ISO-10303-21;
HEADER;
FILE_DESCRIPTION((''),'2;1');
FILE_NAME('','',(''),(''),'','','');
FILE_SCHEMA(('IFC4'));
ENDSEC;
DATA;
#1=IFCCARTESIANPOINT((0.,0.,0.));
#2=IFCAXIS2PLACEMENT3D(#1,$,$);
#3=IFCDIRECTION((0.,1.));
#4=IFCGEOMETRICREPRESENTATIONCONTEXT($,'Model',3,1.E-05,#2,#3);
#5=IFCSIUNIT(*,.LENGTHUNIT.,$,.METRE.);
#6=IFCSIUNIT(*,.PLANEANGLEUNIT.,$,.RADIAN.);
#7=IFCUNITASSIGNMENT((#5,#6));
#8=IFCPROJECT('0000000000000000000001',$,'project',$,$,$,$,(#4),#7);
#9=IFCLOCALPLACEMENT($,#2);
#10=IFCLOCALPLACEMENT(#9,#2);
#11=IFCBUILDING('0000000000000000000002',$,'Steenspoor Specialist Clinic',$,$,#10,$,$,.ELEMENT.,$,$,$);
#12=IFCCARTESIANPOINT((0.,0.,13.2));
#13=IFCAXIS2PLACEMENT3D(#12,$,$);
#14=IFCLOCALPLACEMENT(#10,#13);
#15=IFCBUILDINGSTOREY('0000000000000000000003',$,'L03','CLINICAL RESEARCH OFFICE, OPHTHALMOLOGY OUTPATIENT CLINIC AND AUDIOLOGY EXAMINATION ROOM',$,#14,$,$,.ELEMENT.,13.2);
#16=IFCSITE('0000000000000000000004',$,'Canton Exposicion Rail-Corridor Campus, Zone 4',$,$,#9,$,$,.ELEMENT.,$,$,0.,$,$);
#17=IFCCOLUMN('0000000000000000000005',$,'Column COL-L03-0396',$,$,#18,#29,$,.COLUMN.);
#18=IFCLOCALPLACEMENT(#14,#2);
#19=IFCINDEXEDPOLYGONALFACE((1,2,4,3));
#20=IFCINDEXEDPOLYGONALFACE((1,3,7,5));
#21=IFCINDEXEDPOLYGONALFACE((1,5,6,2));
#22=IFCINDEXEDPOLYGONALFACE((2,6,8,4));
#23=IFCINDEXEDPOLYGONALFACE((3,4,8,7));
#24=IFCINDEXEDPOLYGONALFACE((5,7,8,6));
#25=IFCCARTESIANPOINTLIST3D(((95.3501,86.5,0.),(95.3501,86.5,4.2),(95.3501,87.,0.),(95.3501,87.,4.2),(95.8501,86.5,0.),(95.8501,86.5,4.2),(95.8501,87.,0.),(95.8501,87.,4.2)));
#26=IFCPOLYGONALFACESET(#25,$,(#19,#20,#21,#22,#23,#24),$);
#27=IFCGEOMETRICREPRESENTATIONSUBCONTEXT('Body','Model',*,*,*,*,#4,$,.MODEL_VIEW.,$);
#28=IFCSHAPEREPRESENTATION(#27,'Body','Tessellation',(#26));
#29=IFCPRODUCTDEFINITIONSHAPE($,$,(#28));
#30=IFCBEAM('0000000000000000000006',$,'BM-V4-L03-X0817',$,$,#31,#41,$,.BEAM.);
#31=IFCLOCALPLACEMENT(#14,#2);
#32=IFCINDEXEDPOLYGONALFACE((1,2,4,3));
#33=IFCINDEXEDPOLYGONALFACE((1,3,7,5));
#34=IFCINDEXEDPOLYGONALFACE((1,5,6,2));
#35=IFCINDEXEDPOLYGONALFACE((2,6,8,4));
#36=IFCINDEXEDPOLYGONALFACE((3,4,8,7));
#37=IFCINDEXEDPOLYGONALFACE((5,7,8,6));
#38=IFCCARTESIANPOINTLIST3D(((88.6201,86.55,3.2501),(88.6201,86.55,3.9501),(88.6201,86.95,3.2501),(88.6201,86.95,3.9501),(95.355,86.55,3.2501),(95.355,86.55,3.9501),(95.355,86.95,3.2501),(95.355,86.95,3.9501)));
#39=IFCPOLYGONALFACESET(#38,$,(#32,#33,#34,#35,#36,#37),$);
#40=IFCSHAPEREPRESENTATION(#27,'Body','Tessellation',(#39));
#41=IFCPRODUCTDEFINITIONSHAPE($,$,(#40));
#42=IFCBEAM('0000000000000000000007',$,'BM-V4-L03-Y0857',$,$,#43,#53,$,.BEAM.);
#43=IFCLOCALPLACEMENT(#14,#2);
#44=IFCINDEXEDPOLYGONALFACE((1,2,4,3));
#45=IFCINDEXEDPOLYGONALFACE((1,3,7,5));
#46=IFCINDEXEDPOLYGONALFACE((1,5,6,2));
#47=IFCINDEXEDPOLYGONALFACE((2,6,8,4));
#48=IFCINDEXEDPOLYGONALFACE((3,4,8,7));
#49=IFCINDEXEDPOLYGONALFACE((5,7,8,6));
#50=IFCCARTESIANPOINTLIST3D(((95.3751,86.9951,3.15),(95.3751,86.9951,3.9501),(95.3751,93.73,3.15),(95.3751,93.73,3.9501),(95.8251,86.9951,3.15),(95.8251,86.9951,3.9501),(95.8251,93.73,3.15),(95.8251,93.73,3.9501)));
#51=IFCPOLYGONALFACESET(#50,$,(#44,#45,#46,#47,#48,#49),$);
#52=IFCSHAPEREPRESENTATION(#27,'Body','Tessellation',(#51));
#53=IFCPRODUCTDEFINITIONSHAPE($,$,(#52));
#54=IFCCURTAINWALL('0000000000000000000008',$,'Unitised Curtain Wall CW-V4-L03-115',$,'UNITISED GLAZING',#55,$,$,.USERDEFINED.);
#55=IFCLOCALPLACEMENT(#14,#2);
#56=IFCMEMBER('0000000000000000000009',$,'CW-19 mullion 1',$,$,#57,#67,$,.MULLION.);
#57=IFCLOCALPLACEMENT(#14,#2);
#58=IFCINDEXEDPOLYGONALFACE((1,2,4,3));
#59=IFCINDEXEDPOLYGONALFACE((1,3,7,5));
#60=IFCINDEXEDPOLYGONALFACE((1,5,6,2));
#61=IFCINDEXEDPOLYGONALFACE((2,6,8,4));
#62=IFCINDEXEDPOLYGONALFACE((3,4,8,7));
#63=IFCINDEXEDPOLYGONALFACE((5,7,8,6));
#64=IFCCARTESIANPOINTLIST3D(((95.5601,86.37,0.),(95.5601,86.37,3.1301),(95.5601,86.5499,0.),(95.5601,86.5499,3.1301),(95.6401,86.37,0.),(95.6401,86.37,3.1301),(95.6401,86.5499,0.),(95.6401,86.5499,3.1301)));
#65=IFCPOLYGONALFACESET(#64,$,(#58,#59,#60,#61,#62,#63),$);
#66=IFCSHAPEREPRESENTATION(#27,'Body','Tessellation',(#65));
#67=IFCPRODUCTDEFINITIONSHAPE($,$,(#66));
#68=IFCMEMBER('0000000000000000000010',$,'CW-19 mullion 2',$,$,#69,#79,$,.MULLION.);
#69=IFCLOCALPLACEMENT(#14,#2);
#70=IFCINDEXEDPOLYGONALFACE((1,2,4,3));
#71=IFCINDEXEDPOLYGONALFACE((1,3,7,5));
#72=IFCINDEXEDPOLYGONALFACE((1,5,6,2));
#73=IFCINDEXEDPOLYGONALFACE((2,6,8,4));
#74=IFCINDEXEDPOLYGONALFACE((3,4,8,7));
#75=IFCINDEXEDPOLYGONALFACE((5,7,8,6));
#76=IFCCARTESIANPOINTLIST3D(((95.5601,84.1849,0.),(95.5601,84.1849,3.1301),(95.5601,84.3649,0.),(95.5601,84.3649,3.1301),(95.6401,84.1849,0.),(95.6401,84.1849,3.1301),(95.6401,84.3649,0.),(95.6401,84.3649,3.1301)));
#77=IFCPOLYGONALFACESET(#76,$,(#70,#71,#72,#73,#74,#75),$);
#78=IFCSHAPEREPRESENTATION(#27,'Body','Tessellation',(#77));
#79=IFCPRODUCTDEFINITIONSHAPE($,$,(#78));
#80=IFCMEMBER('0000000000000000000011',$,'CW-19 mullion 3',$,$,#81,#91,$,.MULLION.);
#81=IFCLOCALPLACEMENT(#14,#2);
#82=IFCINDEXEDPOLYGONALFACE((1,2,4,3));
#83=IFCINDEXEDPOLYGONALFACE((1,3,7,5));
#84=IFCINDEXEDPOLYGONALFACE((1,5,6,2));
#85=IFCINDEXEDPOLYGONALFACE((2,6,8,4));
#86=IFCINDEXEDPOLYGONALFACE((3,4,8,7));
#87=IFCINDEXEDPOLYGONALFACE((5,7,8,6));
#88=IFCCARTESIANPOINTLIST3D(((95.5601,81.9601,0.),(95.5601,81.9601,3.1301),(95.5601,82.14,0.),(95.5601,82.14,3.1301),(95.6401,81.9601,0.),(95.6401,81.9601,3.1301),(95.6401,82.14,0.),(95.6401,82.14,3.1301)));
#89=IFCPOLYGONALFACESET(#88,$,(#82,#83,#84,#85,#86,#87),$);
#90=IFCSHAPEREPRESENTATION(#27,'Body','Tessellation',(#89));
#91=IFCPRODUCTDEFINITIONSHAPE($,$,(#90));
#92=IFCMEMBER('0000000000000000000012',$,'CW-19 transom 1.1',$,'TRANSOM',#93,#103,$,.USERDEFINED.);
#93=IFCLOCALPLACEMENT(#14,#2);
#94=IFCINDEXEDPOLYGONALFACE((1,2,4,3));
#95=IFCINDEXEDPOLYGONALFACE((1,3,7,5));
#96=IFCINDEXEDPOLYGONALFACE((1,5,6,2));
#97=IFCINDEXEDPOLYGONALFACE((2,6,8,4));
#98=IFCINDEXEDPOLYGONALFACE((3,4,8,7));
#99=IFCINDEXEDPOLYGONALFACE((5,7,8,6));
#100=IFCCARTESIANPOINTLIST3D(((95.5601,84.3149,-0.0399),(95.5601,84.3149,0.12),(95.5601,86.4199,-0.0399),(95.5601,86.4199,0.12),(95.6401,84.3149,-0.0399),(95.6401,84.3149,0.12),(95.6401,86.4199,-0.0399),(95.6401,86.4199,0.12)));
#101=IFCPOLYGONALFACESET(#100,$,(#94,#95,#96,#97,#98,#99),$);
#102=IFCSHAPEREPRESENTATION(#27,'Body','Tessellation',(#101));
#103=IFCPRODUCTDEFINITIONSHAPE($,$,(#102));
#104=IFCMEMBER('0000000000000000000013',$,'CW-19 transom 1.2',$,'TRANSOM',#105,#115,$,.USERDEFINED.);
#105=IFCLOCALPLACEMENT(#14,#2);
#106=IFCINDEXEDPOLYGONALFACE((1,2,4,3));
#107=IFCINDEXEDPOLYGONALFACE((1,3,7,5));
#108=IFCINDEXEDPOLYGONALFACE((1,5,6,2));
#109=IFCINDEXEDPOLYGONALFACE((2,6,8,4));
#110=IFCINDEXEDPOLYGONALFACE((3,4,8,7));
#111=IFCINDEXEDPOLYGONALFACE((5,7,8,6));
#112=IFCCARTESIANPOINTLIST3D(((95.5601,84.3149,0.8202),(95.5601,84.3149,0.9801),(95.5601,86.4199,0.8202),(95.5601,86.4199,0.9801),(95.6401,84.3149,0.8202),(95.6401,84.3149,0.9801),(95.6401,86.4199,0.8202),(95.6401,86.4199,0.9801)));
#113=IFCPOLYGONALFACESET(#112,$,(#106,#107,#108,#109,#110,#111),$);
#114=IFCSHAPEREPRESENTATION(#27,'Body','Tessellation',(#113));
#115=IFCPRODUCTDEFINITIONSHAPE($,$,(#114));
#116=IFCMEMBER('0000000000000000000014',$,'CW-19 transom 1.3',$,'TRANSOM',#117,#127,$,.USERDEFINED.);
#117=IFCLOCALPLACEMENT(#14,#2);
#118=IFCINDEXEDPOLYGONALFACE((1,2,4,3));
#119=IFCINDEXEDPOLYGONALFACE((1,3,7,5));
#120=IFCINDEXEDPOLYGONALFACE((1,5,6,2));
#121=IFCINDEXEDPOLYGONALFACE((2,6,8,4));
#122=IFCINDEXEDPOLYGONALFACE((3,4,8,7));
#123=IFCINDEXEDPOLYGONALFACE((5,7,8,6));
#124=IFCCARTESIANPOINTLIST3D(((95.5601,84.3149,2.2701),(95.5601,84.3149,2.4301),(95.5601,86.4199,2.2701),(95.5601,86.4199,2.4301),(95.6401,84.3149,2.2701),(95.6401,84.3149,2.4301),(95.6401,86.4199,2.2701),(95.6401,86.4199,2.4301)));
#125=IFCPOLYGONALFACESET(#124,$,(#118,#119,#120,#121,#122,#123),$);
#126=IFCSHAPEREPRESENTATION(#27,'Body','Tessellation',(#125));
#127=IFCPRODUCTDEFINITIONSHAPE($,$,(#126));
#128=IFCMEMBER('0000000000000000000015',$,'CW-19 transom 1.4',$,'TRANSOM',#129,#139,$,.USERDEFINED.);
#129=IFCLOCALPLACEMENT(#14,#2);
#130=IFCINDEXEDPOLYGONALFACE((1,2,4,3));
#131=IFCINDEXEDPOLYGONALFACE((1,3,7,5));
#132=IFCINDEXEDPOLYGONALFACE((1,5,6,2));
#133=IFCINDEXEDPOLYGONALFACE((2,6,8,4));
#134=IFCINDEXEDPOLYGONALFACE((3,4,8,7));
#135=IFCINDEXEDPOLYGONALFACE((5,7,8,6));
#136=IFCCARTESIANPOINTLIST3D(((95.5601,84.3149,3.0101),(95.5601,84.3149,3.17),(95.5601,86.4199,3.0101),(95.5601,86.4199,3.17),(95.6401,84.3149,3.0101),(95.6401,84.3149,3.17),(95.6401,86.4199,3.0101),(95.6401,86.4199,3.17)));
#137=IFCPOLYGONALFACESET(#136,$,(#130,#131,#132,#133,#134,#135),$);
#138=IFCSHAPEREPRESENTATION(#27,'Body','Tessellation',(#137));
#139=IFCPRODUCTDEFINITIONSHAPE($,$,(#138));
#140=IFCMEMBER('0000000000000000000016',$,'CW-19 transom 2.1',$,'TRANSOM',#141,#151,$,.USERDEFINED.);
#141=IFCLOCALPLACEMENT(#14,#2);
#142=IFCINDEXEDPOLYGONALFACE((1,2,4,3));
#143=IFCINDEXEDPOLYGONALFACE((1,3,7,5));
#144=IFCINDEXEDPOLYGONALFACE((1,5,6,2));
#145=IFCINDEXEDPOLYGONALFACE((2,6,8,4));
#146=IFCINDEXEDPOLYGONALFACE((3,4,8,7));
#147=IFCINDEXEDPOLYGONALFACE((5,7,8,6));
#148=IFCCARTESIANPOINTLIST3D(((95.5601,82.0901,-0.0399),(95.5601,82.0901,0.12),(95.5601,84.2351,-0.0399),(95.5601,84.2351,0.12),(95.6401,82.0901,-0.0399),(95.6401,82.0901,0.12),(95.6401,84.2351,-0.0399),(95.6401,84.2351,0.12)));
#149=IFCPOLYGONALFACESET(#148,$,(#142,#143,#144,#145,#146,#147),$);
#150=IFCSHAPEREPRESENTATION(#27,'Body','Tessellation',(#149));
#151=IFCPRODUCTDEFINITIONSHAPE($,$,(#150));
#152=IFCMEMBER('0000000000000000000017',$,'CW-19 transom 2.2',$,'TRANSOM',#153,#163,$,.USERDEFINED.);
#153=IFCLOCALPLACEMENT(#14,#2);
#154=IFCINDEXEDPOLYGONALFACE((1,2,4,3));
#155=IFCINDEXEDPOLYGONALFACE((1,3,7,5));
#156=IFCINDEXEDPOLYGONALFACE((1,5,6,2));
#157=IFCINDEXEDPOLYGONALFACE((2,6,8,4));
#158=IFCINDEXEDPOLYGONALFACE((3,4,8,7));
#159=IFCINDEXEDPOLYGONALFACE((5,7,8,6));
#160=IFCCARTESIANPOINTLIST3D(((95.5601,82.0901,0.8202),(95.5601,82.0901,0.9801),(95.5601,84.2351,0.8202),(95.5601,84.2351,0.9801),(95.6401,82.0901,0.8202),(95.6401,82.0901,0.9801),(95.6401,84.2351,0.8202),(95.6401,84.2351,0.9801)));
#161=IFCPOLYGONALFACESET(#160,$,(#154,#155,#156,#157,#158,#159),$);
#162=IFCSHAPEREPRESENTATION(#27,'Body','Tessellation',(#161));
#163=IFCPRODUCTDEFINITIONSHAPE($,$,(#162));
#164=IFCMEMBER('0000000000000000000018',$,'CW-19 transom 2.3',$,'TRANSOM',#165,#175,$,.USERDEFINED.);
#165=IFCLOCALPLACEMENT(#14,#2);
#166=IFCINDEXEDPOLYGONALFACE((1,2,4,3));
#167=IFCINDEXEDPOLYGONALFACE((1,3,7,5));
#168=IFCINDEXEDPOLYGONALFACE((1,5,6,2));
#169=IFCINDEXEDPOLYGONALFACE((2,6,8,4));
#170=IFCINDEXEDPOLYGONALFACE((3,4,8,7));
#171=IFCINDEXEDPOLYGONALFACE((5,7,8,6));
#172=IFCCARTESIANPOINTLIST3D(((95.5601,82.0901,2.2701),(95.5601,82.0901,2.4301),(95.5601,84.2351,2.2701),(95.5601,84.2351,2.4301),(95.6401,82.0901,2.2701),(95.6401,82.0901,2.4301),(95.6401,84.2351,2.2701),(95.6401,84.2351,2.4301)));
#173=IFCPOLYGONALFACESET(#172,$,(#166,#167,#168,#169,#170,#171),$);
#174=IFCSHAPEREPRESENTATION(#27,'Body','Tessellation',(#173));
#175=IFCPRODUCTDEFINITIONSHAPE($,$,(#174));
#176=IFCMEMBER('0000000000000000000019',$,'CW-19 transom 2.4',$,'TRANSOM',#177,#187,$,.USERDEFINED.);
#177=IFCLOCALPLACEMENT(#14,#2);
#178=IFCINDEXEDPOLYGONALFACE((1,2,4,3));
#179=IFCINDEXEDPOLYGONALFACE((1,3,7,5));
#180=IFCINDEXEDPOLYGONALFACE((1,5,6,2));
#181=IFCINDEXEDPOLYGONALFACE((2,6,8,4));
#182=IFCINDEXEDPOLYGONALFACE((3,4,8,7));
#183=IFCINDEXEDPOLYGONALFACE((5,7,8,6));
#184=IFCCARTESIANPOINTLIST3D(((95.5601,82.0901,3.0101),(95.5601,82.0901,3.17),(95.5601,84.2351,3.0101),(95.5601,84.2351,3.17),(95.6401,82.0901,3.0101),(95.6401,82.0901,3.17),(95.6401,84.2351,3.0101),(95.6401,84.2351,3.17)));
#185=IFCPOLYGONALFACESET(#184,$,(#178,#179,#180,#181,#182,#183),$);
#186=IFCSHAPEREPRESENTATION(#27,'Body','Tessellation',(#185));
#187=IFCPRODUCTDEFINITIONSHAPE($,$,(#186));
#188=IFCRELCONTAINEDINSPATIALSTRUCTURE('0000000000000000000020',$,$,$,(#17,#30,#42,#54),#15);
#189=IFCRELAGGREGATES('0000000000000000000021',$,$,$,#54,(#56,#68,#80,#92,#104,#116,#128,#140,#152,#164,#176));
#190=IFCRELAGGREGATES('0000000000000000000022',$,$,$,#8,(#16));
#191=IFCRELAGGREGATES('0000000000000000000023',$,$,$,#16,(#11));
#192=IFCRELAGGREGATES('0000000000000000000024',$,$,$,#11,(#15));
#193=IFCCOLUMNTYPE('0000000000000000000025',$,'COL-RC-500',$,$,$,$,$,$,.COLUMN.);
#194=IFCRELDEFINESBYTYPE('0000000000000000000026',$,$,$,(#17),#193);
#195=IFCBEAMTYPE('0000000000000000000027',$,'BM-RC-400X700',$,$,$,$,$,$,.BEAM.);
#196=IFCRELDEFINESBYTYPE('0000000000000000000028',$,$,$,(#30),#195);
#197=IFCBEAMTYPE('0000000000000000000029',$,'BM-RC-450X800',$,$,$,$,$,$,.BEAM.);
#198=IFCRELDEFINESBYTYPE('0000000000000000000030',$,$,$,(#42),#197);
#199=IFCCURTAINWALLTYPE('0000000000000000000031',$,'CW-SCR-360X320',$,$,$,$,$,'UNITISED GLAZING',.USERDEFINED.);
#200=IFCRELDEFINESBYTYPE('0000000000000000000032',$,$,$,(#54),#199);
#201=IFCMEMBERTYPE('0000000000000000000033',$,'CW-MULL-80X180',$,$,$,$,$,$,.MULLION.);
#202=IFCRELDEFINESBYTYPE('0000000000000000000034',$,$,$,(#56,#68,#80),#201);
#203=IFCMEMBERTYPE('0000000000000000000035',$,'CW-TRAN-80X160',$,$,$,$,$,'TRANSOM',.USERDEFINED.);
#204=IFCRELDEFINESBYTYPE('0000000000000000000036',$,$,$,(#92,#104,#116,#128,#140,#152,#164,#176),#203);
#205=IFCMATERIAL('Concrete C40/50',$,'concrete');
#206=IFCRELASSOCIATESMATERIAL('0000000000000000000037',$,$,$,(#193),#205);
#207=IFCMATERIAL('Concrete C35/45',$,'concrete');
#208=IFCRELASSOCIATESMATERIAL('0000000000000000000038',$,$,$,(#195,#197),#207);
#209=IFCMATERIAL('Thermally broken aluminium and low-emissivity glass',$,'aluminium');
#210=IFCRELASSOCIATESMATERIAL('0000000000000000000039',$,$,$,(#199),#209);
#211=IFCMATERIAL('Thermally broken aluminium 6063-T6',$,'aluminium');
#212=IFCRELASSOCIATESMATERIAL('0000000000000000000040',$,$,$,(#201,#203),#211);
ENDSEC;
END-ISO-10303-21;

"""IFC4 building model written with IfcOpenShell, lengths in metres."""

from ifc_helpers import new_model, si_unit, direction, frame, origin, origin_2d, place, context, subcontext, project, spatial, rectangle, extrude, material, material_profile, profile_set, type_object, element, aggregate, save


model = new_model("IFC4")

# Units and contexts
model_context = context("Model", 3, precision=1e-05, world=origin(), true_north=direction((0.0, 1.0)))
body_context = subcontext(model_context, "Body", "Model", "MODEL_VIEW")
ifc_project = project(units=[si_unit("LENGTHUNIT", "METRE"), si_unit("PLANEANGLEUNIT", "RADIAN")], contexts=[model_context])

# Site, building, storey
site_placement = place(None, origin())
site = spatial("IfcSite", under=ifc_project, at=site_placement, Name="Canton Exposicion Rail-Corridor Campus, Zone 4", CompositionType="ELEMENT", RefElevation=0.0)
building_placement = place(site_placement, origin())
building = spatial("IfcBuilding", under=site, at=building_placement, Name="Steenspoor Specialist Clinic", CompositionType="ELEMENT")
storey_placement = place(building_placement, frame((0.0, 0.0, 13.2)))
storey = spatial("IfcBuildingStorey", under=building, at=storey_placement, Name="L03", Description="CLINICAL RESEARCH OFFICE, OPHTHALMOLOGY OUTPATIENT CLINIC AND AUDIOLOGY EXAMINATION ROOM", CompositionType="ELEMENT", Elevation=13.2)

# Column
ifc_material_1 = material(Name="Concrete C40/50", Category="concrete")
ifc_material_profile_1 = material_profile(ifc_material_1, rectangle(XDim=0.5, YDim=0.5, at=origin_2d()), Name="RC-COL-500X500")
ifc_profile_set_1 = profile_set([ifc_material_profile_1], Name="Concrete C40/50")
column_type = type_object("IfcColumnType", Name="COL-RC-500", PredefinedType="COLUMN", material=ifc_profile_set_1)
column_placement = place(storey_placement, frame((95.6001, 86.75, 0.0), z_axis=(0.0, 0.0, 1.0), x_axis=(1.0, 0.0, 0.0)))
element("IfcColumn", 1, at=column_placement, inside=storey, type_object=column_type, Name="Column COL-L03-0396", PredefinedType="COLUMN", context=body_context, shape_type="SweptSolid", body=[
    extrude(rectangle(XDim=0.5, YDim=0.5, at=origin_2d()), origin(), (0.0, 0.0, 1.0), 4.2),
])

# Beams
ifc_material_2 = material(Name="Concrete C35/45", Category="concrete")
ifc_material_profile_2 = material_profile(ifc_material_2, rectangle(XDim=0.3999, YDim=0.7, at=origin_2d()), Name="RC-BM-400X700")
ifc_profile_set_2 = profile_set([ifc_material_profile_2], Name="Concrete C35/45")
beam_type_1 = type_object("IfcBeamType", Name="BM-RC-400X700", PredefinedType="BEAM", material=ifc_profile_set_2)
beam_1_placement = place(storey_placement, frame((88.6201, 86.75, 3.6001), z_axis=(1.0, 0.0, 0.0), x_axis=(0.0, 1.0, 0.0)))
element("IfcBeam", 2, at=beam_1_placement, inside=storey, type_object=beam_type_1, Name="BM-V4-L03-X0817", PredefinedType="BEAM", context=body_context, shape_type="SweptSolid", body=[
    extrude(rectangle(XDim=0.3999, YDim=0.7, at=origin_2d()), origin(), (0.0, 0.0, 1.0), 6.7349),
])
ifc_material_profile_3 = material_profile(ifc_material_2, rectangle(XDim=0.45, YDim=0.8, at=origin_2d()), Name="RC-BM-450X800")
ifc_profile_set_3 = profile_set([ifc_material_profile_3], Name="Concrete C35/45")
beam_type_2 = type_object("IfcBeamType", Name="BM-RC-450X800", PredefinedType="BEAM", material=ifc_profile_set_3)
beam_2_placement = place(storey_placement, frame((95.6001, 86.9951, 3.55), z_axis=(0.0, 1.0, 0.0), x_axis=(-1.0, 0.0, 0.0)))
element("IfcBeam", 3, at=beam_2_placement, inside=storey, type_object=beam_type_2, Name="BM-V4-L03-Y0857", PredefinedType="BEAM", context=body_context, shape_type="SweptSolid", body=[
    extrude(rectangle(XDim=0.45, YDim=0.8, at=origin_2d()), origin(), (0.0, 0.0, 1.0), 6.7349),
])

# Curtain wall, members
ifc_material_3 = material(Name="Thermally broken aluminium and low-emissivity glass", Category="aluminium")
curtain_wall_type = type_object("IfcCurtainWallType", Name="CW-SCR-360X320", ElementType="UNITISED GLAZING", PredefinedType="USERDEFINED", material=ifc_material_3)
curtain_wall_placement = place(storey_placement, origin())
curtain_wall = element("IfcCurtainWall", 4, at=curtain_wall_placement, inside=storey, type_object=curtain_wall_type, Name="Unitised Curtain Wall CW-V4-L03-115", ObjectType="UNITISED GLAZING", PredefinedType="USERDEFINED")
ifc_material_4 = material(Name="Thermally broken aluminium 6063-T6", Category="aluminium")
ifc_material_profile_4 = material_profile(ifc_material_4, rectangle(XDim=0.0801, YDim=0.1799, at=origin_2d()), Name="CWM-80X180")
ifc_profile_set_4 = profile_set([ifc_material_profile_4], Name="Thermally broken aluminium 6063-T6")
member_type_1 = type_object("IfcMemberType", Name="CW-MULL-80X180", PredefinedType="MULLION", material=ifc_profile_set_4)
member_1_placement = place(storey_placement, frame((95.6001, 86.46, 0.0), z_axis=(0.0, 0.0, 1.0), x_axis=(1.0, 0.0, 0.0)))
member_1 = element("IfcMember", 5, at=member_1_placement, type_object=member_type_1, Name="CW-19 mullion 1", PredefinedType="MULLION", context=body_context, shape_type="SweptSolid", body=[
    extrude(rectangle(XDim=0.0801, YDim=0.1799, at=origin_2d()), origin(), (0.0, 0.0, 1.0), 3.1301),
])
member_2_placement = place(storey_placement, frame((95.6001, 84.2749, 0.0), z_axis=(0.0, 0.0, 1.0), x_axis=(1.0, 0.0, 0.0)))
member_2 = element("IfcMember", 6, at=member_2_placement, type_object=member_type_1, Name="CW-19 mullion 2", PredefinedType="MULLION", context=body_context, shape_type="SweptSolid", body=[
    extrude(rectangle(XDim=0.0801, YDim=0.1799, at=origin_2d()), origin(), (0.0, 0.0, 1.0), 3.1301),
])
member_3_placement = place(storey_placement, frame((95.6001, 82.05, 0.0), z_axis=(0.0, 0.0, 1.0), x_axis=(1.0, 0.0, 0.0)))
member_3 = element("IfcMember", 7, at=member_3_placement, type_object=member_type_1, Name="CW-19 mullion 3", PredefinedType="MULLION", context=body_context, shape_type="SweptSolid", body=[
    extrude(rectangle(XDim=0.0801, YDim=0.1799, at=origin_2d()), origin(), (0.0, 0.0, 1.0), 3.1301),
])
ifc_material_profile_5 = material_profile(ifc_material_4, rectangle(XDim=0.0801, YDim=0.1599, at=origin_2d()), Name="CWT-80X160")
ifc_profile_set_5 = profile_set([ifc_material_profile_5], Name="Thermally broken aluminium 6063-T6")
member_type_2 = type_object("IfcMemberType", Name="CW-TRAN-80X160", ElementType="TRANSOM", PredefinedType="USERDEFINED", material=ifc_profile_set_5)
member_4_placement = place(storey_placement, frame((95.6001, 86.4199, 0.04), z_axis=(0.0, -1.0, 0.0), x_axis=(1.0, 0.0, 0.0)))
member_4 = element("IfcMember", 8, at=member_4_placement, type_object=member_type_2, Name="CW-19 transom 1.1", ObjectType="TRANSOM", PredefinedType="USERDEFINED", context=body_context, shape_type="SweptSolid", body=[
    extrude(rectangle(XDim=0.0801, YDim=0.1599, at=origin_2d()), origin(), (0.0, 0.0, 1.0), 2.105),
])
member_5_placement = place(storey_placement, frame((95.6001, 86.4199, 0.9001), z_axis=(0.0, -1.0, 0.0), x_axis=(1.0, 0.0, 0.0)))
member_5 = element("IfcMember", 9, at=member_5_placement, type_object=member_type_2, Name="CW-19 transom 1.2", ObjectType="TRANSOM", PredefinedType="USERDEFINED", context=body_context, shape_type="SweptSolid", body=[
    extrude(rectangle(XDim=0.0801, YDim=0.1599, at=origin_2d()), origin(), (0.0, 0.0, 1.0), 2.105),
])
member_6_placement = place(storey_placement, frame((95.6001, 86.4199, 2.3501), z_axis=(0.0, -1.0, 0.0), x_axis=(1.0, 0.0, 0.0)))
member_6 = element("IfcMember", 10, at=member_6_placement, type_object=member_type_2, Name="CW-19 transom 1.3", ObjectType="TRANSOM", PredefinedType="USERDEFINED", context=body_context, shape_type="SweptSolid", body=[
    extrude(rectangle(XDim=0.0801, YDim=0.1599, at=origin_2d()), origin(), (0.0, 0.0, 1.0), 2.105),
])
member_7_placement = place(storey_placement, frame((95.6001, 86.4199, 3.0901), z_axis=(0.0, -1.0, 0.0), x_axis=(1.0, 0.0, 0.0)))
member_7 = element("IfcMember", 11, at=member_7_placement, type_object=member_type_2, Name="CW-19 transom 1.4", ObjectType="TRANSOM", PredefinedType="USERDEFINED", context=body_context, shape_type="SweptSolid", body=[
    extrude(rectangle(XDim=0.0801, YDim=0.1599, at=origin_2d()), origin(), (0.0, 0.0, 1.0), 2.105),
])
member_8_placement = place(storey_placement, frame((95.6001, 84.2351, 0.04), z_axis=(0.0, -1.0, 0.0), x_axis=(1.0, 0.0, 0.0)))
member_8 = element("IfcMember", 12, at=member_8_placement, type_object=member_type_2, Name="CW-19 transom 2.1", ObjectType="TRANSOM", PredefinedType="USERDEFINED", context=body_context, shape_type="SweptSolid", body=[
    extrude(rectangle(XDim=0.0801, YDim=0.1599, at=origin_2d()), origin(), (0.0, 0.0, 1.0), 2.145),
])
member_9_placement = place(storey_placement, frame((95.6001, 84.2351, 0.9001), z_axis=(0.0, -1.0, 0.0), x_axis=(1.0, 0.0, 0.0)))
member_9 = element("IfcMember", 13, at=member_9_placement, type_object=member_type_2, Name="CW-19 transom 2.2", ObjectType="TRANSOM", PredefinedType="USERDEFINED", context=body_context, shape_type="SweptSolid", body=[
    extrude(rectangle(XDim=0.0801, YDim=0.1599, at=origin_2d()), origin(), (0.0, 0.0, 1.0), 2.145),
])
member_10_placement = place(storey_placement, frame((95.6001, 84.2351, 2.3501), z_axis=(0.0, -1.0, 0.0), x_axis=(1.0, 0.0, 0.0)))
member_10 = element("IfcMember", 14, at=member_10_placement, type_object=member_type_2, Name="CW-19 transom 2.3", ObjectType="TRANSOM", PredefinedType="USERDEFINED", context=body_context, shape_type="SweptSolid", body=[
    extrude(rectangle(XDim=0.0801, YDim=0.1599, at=origin_2d()), origin(), (0.0, 0.0, 1.0), 2.145),
])
member_11_placement = place(storey_placement, frame((95.6001, 84.2351, 3.0901), z_axis=(0.0, -1.0, 0.0), x_axis=(1.0, 0.0, 0.0)))
member_11 = element("IfcMember", 15, at=member_11_placement, type_object=member_type_2, Name="CW-19 transom 2.4", ObjectType="TRANSOM", PredefinedType="USERDEFINED", context=body_context, shape_type="SweptSolid", body=[
    extrude(rectangle(XDim=0.0801, YDim=0.1599, at=origin_2d()), origin(), (0.0, 0.0, 1.0), 2.145),
])

aggregate(curtain_wall, [member_1, member_2, member_3, member_4, member_5, member_6, member_7, member_8, member_9, member_10, member_11])

save(model, "model.ifc")
